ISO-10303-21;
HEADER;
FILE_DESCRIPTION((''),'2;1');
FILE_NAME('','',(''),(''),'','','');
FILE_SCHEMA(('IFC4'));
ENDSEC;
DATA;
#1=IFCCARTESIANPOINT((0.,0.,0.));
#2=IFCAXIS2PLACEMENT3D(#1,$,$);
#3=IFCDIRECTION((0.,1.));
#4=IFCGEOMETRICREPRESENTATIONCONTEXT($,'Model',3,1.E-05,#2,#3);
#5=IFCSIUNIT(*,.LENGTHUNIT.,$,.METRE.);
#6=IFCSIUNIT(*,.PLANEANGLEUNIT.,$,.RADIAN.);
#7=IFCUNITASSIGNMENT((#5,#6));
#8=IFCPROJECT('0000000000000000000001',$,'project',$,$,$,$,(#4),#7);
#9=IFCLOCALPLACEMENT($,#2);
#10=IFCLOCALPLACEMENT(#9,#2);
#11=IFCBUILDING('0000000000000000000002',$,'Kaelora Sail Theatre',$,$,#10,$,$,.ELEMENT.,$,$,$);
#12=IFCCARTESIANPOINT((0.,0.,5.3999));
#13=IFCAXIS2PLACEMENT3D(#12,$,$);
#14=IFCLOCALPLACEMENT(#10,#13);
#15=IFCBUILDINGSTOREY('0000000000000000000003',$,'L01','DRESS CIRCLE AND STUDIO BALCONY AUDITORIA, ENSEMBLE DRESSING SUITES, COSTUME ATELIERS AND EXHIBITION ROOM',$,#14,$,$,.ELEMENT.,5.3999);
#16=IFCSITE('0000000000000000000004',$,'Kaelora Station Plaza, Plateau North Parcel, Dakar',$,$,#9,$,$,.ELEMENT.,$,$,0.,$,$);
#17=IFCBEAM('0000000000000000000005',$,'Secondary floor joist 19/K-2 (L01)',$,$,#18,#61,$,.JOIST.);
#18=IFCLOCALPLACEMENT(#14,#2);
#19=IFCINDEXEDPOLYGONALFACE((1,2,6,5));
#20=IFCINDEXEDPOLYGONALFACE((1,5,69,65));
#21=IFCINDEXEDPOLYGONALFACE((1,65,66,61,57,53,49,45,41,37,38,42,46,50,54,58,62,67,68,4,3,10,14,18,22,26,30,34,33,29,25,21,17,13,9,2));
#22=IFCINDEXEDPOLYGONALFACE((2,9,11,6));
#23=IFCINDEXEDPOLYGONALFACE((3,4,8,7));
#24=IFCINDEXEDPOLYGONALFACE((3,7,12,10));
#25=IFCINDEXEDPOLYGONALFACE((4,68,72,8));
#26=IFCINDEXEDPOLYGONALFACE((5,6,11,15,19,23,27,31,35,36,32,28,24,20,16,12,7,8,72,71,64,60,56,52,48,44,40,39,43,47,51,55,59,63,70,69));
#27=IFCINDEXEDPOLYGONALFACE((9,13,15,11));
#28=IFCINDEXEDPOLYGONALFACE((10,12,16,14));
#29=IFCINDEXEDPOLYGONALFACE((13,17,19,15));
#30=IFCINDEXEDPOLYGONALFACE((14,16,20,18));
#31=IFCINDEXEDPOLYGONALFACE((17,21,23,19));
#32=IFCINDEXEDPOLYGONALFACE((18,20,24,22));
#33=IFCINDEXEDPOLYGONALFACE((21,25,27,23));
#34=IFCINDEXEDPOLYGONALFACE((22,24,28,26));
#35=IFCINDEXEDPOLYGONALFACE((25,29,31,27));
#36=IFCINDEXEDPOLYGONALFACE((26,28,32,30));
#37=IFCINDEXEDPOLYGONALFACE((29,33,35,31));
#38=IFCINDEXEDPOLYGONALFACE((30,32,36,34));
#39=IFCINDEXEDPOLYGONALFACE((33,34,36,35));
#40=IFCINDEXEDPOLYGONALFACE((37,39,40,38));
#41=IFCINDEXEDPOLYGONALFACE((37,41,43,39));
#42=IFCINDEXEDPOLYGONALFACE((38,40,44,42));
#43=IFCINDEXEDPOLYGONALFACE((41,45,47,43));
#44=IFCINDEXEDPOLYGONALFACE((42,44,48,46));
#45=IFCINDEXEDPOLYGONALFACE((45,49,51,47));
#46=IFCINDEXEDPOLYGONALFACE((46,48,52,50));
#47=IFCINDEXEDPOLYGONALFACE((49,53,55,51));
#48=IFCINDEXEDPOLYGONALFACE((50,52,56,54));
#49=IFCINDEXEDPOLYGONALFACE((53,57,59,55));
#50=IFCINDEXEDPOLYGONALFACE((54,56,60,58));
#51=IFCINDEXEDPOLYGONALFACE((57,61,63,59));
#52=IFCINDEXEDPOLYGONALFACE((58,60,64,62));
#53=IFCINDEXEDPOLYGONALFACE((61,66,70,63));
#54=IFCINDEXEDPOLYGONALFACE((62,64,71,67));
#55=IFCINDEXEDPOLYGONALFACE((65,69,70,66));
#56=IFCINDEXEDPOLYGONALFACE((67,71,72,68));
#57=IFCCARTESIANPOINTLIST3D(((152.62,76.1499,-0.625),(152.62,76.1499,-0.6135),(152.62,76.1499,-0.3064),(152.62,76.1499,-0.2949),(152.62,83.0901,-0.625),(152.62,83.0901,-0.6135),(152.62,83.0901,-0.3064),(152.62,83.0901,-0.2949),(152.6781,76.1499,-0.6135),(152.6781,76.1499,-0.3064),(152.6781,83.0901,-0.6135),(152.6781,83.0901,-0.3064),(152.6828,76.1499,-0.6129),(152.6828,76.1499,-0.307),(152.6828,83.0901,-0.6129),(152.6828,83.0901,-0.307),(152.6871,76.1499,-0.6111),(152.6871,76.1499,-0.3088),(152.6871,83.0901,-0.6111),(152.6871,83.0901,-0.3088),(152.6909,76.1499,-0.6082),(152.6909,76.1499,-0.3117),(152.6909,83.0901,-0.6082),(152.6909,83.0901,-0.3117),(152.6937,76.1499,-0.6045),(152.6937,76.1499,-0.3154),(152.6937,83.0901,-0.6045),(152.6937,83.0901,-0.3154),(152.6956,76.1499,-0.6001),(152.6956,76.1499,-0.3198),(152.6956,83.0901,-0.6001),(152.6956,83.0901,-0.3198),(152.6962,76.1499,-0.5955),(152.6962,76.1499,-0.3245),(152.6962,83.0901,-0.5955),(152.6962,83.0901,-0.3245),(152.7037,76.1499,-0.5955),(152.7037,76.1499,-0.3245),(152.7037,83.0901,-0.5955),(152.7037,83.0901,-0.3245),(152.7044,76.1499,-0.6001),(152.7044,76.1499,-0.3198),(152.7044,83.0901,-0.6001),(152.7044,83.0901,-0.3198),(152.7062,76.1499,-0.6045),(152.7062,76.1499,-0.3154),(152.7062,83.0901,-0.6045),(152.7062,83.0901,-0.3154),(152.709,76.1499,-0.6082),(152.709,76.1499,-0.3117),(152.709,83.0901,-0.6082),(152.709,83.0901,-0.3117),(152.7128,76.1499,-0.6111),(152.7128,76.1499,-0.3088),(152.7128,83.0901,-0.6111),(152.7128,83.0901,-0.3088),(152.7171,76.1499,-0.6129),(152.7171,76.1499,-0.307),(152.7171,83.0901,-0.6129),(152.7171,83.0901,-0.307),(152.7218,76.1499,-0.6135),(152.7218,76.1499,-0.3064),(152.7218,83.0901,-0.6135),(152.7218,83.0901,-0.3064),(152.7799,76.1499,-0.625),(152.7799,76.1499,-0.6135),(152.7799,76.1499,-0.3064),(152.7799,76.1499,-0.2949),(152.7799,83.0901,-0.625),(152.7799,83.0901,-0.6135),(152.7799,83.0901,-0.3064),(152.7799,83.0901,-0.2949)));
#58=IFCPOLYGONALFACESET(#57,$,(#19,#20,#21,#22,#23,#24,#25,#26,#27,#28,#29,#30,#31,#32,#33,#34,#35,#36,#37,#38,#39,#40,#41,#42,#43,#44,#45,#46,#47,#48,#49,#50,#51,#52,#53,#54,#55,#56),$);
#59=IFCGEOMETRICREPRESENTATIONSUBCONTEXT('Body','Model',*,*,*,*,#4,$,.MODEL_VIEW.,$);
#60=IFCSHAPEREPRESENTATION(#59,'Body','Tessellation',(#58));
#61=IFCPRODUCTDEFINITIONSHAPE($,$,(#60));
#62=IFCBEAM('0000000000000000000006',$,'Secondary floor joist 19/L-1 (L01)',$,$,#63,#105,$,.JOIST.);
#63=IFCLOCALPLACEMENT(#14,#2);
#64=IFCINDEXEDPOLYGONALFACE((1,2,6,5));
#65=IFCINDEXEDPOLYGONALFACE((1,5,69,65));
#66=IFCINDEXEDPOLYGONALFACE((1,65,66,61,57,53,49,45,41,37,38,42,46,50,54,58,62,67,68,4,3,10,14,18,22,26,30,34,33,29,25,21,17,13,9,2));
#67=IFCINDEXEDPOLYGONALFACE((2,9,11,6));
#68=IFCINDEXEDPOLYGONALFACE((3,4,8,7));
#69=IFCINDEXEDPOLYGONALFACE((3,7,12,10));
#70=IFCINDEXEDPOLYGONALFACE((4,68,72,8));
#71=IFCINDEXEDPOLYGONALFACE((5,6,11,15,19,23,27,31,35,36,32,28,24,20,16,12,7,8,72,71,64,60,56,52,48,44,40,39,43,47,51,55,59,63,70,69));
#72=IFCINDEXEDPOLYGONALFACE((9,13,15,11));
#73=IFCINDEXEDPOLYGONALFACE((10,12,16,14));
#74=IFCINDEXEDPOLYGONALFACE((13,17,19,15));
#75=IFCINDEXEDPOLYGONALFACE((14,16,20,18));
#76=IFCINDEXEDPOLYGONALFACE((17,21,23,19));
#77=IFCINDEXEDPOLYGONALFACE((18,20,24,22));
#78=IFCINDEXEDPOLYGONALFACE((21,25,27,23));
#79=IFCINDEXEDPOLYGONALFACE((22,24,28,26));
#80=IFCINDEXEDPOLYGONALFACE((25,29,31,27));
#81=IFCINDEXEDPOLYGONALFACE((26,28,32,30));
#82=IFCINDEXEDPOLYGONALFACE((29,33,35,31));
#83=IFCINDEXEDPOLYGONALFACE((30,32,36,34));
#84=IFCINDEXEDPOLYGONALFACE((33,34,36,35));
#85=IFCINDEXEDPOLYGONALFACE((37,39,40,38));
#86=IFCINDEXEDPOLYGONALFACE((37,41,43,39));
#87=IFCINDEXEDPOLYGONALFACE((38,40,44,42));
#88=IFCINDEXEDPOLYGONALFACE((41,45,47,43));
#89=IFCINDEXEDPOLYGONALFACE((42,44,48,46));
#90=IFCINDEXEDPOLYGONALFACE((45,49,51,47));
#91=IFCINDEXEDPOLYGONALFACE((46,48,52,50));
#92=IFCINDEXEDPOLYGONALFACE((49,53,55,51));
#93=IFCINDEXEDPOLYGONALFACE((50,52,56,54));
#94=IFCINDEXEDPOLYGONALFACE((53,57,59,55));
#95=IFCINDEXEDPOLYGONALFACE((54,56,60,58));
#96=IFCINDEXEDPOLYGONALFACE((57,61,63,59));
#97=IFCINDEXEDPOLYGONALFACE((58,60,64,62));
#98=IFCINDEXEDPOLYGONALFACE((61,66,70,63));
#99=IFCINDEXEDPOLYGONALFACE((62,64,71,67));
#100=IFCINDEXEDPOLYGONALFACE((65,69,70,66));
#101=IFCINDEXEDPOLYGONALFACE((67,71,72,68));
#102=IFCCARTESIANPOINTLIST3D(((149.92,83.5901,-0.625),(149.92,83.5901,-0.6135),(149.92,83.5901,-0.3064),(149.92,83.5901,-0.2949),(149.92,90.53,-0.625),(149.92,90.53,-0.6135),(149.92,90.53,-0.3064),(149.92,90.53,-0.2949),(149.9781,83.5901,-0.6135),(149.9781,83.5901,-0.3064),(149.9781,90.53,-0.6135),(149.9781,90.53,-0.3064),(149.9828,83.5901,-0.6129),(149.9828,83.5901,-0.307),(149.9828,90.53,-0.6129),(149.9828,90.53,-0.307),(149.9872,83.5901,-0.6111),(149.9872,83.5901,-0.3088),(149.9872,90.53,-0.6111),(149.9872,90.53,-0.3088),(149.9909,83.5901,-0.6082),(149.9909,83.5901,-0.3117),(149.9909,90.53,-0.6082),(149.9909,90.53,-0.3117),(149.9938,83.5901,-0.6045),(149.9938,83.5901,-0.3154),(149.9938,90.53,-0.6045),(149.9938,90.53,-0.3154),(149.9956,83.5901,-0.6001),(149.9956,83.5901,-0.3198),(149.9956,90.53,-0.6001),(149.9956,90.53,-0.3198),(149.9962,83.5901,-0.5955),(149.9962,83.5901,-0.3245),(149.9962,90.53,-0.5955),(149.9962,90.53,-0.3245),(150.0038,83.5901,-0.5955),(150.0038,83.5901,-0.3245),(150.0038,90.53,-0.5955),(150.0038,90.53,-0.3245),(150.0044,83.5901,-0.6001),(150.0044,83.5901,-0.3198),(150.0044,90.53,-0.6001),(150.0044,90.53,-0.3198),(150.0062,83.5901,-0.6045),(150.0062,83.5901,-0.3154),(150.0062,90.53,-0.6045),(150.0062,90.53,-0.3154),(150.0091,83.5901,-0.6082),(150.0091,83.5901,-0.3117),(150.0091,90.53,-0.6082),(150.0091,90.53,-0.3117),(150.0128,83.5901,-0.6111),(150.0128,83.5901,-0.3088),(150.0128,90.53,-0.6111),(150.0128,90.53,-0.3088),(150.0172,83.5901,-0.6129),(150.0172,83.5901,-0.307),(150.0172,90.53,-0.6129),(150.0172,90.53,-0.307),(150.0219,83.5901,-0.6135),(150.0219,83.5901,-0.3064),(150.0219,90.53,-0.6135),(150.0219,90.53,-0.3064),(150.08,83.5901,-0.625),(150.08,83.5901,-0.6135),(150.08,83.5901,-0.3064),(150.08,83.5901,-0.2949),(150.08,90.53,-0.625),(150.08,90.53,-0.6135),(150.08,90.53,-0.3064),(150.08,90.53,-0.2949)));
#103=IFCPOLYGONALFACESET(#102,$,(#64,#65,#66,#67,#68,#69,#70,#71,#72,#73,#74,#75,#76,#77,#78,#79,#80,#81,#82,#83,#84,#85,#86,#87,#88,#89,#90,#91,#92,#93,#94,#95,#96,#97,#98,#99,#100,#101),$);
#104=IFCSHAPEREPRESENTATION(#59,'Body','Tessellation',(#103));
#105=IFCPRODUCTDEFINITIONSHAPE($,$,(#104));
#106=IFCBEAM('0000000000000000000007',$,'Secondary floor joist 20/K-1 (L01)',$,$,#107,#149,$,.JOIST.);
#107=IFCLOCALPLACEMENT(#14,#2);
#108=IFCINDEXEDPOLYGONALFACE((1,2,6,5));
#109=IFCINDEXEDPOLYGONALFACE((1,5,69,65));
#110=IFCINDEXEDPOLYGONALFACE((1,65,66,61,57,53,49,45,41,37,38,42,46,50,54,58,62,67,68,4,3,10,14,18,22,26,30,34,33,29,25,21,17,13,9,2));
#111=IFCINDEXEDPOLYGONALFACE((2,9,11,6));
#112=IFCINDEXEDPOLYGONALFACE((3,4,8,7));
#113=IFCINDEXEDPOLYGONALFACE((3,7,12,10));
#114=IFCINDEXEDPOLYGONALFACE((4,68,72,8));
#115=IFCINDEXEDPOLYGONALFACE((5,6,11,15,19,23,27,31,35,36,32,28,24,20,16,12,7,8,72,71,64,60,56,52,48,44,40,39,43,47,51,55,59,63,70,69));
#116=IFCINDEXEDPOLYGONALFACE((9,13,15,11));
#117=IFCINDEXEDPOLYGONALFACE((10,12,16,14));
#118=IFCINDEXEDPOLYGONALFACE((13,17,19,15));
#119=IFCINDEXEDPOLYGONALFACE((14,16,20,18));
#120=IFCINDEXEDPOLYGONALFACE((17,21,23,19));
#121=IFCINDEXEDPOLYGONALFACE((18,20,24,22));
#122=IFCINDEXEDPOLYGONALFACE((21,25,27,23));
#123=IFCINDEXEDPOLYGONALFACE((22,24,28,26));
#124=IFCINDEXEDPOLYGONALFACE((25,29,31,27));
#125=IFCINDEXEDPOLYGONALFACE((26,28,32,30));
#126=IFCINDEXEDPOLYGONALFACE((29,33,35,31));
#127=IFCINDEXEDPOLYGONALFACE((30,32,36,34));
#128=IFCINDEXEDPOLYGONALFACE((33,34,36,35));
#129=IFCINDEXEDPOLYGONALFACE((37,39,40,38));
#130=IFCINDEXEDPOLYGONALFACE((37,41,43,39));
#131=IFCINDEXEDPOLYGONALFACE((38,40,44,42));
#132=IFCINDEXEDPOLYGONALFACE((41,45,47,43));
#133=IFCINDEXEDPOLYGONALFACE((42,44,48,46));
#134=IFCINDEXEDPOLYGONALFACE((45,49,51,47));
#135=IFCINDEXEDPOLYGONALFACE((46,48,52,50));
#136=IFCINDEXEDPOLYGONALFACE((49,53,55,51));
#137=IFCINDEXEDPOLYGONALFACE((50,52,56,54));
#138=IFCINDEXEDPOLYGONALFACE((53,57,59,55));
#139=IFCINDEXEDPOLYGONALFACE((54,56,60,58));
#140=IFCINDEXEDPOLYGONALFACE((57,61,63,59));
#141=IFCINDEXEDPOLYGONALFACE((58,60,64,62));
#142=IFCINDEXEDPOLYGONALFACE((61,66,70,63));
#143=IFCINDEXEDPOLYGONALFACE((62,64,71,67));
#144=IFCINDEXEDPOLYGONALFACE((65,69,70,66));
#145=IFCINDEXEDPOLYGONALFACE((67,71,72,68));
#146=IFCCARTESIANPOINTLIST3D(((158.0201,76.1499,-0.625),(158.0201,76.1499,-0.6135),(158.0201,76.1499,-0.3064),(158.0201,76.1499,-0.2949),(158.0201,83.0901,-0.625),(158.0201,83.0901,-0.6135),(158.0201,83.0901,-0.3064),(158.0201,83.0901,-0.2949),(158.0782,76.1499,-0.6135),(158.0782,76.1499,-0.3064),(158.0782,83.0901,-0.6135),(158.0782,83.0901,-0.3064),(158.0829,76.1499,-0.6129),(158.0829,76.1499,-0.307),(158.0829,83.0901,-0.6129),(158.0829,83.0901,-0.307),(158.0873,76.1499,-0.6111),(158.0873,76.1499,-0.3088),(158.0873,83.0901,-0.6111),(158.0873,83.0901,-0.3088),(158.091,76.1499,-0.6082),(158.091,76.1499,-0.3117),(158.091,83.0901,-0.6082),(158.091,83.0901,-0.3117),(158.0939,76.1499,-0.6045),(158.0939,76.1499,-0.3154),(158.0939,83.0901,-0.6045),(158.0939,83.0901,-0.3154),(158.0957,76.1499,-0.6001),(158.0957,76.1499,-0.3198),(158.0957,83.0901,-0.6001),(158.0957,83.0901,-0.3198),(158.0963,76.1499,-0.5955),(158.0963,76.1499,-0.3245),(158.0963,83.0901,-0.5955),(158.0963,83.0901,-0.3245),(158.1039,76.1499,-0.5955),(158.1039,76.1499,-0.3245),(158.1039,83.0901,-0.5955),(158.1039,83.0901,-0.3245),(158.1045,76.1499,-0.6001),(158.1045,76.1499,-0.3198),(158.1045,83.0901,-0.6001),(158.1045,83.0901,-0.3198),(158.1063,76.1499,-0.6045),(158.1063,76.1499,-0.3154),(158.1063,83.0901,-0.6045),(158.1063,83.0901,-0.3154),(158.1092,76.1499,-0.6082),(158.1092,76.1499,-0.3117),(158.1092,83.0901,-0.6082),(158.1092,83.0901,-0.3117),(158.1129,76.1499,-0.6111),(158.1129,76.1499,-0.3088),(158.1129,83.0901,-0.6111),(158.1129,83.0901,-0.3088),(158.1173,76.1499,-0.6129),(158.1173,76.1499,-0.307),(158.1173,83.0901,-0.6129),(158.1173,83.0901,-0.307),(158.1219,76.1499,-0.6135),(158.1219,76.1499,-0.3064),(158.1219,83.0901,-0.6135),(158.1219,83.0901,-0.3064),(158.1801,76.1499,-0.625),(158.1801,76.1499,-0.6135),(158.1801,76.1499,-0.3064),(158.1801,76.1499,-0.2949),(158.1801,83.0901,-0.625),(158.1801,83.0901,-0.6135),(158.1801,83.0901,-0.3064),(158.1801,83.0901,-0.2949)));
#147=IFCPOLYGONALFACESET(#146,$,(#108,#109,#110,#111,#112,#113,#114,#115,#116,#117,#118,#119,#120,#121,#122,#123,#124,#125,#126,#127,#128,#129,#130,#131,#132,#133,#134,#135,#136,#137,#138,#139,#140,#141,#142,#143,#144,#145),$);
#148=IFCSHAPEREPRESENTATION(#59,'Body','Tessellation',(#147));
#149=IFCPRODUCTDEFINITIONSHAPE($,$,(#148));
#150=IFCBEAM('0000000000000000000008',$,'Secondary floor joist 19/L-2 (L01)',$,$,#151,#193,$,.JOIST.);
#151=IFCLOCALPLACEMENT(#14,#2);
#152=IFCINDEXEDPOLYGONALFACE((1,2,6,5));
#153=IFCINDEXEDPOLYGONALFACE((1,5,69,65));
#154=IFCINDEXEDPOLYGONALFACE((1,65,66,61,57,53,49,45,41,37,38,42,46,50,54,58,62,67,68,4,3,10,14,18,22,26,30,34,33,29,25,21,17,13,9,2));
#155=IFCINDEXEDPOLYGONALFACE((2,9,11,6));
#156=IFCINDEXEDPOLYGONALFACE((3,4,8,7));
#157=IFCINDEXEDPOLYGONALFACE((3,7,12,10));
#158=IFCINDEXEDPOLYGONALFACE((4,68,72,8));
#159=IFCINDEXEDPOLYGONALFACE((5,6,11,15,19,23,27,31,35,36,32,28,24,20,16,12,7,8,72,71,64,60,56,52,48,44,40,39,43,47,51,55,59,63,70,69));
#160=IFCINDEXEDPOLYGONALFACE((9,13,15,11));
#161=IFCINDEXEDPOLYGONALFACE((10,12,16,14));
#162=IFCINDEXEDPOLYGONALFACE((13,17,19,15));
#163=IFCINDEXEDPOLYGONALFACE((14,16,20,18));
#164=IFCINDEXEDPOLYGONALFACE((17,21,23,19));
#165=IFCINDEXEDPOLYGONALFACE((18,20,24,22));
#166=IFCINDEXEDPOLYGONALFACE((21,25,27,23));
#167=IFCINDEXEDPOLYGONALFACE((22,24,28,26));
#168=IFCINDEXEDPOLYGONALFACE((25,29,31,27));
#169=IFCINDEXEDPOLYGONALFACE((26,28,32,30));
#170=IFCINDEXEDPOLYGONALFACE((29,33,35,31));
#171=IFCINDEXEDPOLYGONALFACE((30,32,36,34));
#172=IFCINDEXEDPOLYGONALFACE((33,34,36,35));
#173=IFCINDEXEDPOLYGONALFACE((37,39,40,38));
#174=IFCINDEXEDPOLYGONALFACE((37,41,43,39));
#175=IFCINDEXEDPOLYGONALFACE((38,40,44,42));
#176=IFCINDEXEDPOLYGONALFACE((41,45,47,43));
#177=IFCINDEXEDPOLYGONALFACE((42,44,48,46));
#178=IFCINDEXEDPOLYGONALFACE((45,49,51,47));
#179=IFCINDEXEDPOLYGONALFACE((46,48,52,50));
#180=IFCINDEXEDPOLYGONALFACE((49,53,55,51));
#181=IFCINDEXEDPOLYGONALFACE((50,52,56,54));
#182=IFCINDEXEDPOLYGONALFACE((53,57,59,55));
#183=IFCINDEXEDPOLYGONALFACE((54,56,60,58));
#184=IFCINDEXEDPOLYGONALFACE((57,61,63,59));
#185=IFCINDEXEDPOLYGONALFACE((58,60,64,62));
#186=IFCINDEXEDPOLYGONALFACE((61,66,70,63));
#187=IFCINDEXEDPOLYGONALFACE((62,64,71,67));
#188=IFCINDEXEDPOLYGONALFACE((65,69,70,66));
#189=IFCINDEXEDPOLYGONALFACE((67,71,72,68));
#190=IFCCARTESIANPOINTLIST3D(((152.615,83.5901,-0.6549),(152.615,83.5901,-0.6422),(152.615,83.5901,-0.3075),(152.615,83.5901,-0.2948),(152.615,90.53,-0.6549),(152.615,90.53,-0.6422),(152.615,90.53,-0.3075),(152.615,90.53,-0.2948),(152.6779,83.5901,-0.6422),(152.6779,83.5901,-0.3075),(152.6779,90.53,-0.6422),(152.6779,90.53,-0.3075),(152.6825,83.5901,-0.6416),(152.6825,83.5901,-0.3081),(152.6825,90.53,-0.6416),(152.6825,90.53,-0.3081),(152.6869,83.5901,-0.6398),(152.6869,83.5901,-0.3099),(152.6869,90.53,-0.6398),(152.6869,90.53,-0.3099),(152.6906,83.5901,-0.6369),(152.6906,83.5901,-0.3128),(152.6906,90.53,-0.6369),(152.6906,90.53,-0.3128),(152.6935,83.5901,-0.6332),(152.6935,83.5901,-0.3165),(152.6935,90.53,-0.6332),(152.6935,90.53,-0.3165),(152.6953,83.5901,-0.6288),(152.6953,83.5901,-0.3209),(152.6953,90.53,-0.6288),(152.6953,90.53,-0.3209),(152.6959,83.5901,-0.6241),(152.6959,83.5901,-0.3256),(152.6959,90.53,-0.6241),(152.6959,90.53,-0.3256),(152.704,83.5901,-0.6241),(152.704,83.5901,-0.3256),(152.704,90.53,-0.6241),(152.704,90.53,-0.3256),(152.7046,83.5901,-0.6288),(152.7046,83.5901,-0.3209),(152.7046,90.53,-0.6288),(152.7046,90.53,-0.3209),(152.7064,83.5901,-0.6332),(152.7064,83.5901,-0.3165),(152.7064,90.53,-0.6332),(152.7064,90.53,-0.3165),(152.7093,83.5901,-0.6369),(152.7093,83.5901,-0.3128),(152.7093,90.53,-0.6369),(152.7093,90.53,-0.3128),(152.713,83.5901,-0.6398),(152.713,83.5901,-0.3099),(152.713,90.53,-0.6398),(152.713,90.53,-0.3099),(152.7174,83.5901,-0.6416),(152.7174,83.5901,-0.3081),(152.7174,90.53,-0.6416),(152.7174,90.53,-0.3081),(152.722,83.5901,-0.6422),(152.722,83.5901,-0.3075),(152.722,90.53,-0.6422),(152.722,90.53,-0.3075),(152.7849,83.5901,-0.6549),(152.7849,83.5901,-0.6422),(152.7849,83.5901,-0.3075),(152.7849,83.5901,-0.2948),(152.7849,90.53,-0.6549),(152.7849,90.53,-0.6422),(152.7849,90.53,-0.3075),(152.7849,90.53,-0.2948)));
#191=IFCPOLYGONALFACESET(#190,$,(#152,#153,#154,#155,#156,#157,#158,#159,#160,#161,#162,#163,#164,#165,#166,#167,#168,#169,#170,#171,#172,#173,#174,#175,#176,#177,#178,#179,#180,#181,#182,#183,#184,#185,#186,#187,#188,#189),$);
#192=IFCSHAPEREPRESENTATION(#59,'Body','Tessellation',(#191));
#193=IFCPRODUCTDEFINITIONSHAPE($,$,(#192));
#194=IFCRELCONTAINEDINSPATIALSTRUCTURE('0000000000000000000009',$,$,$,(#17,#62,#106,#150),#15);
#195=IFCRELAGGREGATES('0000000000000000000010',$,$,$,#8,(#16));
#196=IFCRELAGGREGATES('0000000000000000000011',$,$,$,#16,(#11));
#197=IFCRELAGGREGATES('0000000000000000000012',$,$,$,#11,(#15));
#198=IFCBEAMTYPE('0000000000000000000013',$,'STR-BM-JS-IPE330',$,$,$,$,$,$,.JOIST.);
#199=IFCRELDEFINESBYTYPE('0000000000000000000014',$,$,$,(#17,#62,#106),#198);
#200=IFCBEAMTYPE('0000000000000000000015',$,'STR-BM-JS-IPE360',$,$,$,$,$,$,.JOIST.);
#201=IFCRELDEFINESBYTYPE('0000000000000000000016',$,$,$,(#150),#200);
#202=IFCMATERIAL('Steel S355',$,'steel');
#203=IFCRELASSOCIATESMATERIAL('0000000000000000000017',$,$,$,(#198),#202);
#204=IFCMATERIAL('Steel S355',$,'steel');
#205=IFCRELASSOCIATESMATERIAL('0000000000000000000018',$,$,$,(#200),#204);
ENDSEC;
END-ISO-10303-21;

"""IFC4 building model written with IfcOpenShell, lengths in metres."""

from ifc_helpers import new_model, si_unit, direction, frame, origin, origin_2d, place, context, subcontext, project, spatial, i_section, extrude, material, material_profile, profile_set, type_object, element, save


model = new_model("IFC4")

# Units and contexts
model_context = context("Model", 3, precision=1e-05, world=origin(), true_north=direction((0.0, 1.0)))
body_context = subcontext(model_context, "Body", "Model", "MODEL_VIEW")
ifc_project = project(units=[si_unit("LENGTHUNIT", "METRE"), si_unit("PLANEANGLEUNIT", "RADIAN")], contexts=[model_context])

# Site, building, storey
site_placement = place(None, origin())
site = spatial("IfcSite", under=ifc_project, at=site_placement, Name="Kaelora Station Plaza, Plateau North Parcel, Dakar", CompositionType="ELEMENT", RefElevation=0.0)
building_placement = place(site_placement, origin())
building = spatial("IfcBuilding", under=site, at=building_placement, Name="Kaelora Sail Theatre", CompositionType="ELEMENT")
storey_placement = place(building_placement, frame((0.0, 0.0, 5.3999)))
storey = spatial("IfcBuildingStorey", under=building, at=storey_placement, Name="L01", Description="DRESS CIRCLE AND STUDIO BALCONY AUDITORIA, ENSEMBLE DRESSING SUITES, COSTUME ATELIERS AND EXHIBITION ROOM", CompositionType="ELEMENT", Elevation=5.3999)

# Beams
ifc_material_1 = material(Name="Steel S355", Category="steel")
ifc_material_profile_1 = material_profile(ifc_material_1, i_section(OverallWidth=0.1599, OverallDepth=0.3301, WebThickness=0.0076, FlangeThickness=0.0115, FilletRadius=0.0181, at=origin_2d()), Name="IPE 330")
ifc_profile_set_1 = profile_set([ifc_material_profile_1], Name="Steel S355")
beam_type_1 = type_object("IfcBeamType", Name="STR-BM-JS-IPE330", PredefinedType="JOIST", material=ifc_profile_set_1)
beam_1_placement = place(storey_placement, frame((152.7, 76.1499, -0.46), z_axis=(0.0, 1.0, 0.0), x_axis=(-1.0, 0.0, 0.0)))
element("IfcBeam", 1, at=beam_1_placement, inside=storey, type_object=beam_type_1, Name="Secondary floor joist 19/K-2 (L01)", PredefinedType="JOIST", context=body_context, shape_type="SweptSolid", body=[
    extrude(i_section(OverallWidth=0.1599, OverallDepth=0.3301, WebThickness=0.0076, FlangeThickness=0.0115, FilletRadius=0.0181, at=origin_2d()), origin(), (0.0, 0.0, 1.0), 6.9402),
])
beam_2_placement = place(storey_placement, frame((150.0, 83.5901, -0.46), z_axis=(0.0, 1.0, 0.0), x_axis=(-1.0, 0.0, 0.0)))
element("IfcBeam", 2, at=beam_2_placement, inside=storey, type_object=beam_type_1, Name="Secondary floor joist 19/L-1 (L01)", PredefinedType="JOIST", context=body_context, shape_type="SweptSolid", body=[
    extrude(i_section(OverallWidth=0.1599, OverallDepth=0.3301, WebThickness=0.0076, FlangeThickness=0.0115, FilletRadius=0.0181, at=origin_2d()), origin(), (0.0, 0.0, 1.0), 6.9399),
])
beam_3_placement = place(storey_placement, frame((158.1001, 76.1499, -0.46), z_axis=(0.0, 1.0, 0.0), x_axis=(-1.0, 0.0, 0.0)))
element("IfcBeam", 3, at=beam_3_placement, inside=storey, type_object=beam_type_1, Name="Secondary floor joist 20/K-1 (L01)", PredefinedType="JOIST", context=body_context, shape_type="SweptSolid", body=[
    extrude(i_section(OverallWidth=0.1599, OverallDepth=0.3301, WebThickness=0.0076, FlangeThickness=0.0115, FilletRadius=0.0181, at=origin_2d()), origin(), (0.0, 0.0, 1.0), 6.9402),
])
ifc_material_2 = material(Name="Steel S355", Category="steel")
ifc_material_profile_2 = material_profile(ifc_material_2, i_section(OverallWidth=0.1699, OverallDepth=0.3601, WebThickness=0.0081, FlangeThickness=0.0127, FilletRadius=0.0181, at=origin_2d()), Name="IPE 360")
ifc_profile_set_2 = profile_set([ifc_material_profile_2], Name="Steel S355")
beam_type_2 = type_object("IfcBeamType", Name="STR-BM-JS-IPE360", PredefinedType="JOIST", material=ifc_profile_set_2)
beam_4_placement = place(storey_placement, frame((152.7, 83.5901, -0.4749), z_axis=(0.0, 1.0, 0.0), x_axis=(-1.0, 0.0, 0.0)))
element("IfcBeam", 4, at=beam_4_placement, inside=storey, type_object=beam_type_2, Name="Secondary floor joist 19/L-2 (L01)", PredefinedType="JOIST", context=body_context, shape_type="SweptSolid", body=[
    extrude(i_section(OverallWidth=0.1699, OverallDepth=0.3601, WebThickness=0.0081, FlangeThickness=0.0127, FilletRadius=0.0181, at=origin_2d()), origin(), (0.0, 0.0, 1.0), 6.9399),
])

save(model, "model.ifc")
